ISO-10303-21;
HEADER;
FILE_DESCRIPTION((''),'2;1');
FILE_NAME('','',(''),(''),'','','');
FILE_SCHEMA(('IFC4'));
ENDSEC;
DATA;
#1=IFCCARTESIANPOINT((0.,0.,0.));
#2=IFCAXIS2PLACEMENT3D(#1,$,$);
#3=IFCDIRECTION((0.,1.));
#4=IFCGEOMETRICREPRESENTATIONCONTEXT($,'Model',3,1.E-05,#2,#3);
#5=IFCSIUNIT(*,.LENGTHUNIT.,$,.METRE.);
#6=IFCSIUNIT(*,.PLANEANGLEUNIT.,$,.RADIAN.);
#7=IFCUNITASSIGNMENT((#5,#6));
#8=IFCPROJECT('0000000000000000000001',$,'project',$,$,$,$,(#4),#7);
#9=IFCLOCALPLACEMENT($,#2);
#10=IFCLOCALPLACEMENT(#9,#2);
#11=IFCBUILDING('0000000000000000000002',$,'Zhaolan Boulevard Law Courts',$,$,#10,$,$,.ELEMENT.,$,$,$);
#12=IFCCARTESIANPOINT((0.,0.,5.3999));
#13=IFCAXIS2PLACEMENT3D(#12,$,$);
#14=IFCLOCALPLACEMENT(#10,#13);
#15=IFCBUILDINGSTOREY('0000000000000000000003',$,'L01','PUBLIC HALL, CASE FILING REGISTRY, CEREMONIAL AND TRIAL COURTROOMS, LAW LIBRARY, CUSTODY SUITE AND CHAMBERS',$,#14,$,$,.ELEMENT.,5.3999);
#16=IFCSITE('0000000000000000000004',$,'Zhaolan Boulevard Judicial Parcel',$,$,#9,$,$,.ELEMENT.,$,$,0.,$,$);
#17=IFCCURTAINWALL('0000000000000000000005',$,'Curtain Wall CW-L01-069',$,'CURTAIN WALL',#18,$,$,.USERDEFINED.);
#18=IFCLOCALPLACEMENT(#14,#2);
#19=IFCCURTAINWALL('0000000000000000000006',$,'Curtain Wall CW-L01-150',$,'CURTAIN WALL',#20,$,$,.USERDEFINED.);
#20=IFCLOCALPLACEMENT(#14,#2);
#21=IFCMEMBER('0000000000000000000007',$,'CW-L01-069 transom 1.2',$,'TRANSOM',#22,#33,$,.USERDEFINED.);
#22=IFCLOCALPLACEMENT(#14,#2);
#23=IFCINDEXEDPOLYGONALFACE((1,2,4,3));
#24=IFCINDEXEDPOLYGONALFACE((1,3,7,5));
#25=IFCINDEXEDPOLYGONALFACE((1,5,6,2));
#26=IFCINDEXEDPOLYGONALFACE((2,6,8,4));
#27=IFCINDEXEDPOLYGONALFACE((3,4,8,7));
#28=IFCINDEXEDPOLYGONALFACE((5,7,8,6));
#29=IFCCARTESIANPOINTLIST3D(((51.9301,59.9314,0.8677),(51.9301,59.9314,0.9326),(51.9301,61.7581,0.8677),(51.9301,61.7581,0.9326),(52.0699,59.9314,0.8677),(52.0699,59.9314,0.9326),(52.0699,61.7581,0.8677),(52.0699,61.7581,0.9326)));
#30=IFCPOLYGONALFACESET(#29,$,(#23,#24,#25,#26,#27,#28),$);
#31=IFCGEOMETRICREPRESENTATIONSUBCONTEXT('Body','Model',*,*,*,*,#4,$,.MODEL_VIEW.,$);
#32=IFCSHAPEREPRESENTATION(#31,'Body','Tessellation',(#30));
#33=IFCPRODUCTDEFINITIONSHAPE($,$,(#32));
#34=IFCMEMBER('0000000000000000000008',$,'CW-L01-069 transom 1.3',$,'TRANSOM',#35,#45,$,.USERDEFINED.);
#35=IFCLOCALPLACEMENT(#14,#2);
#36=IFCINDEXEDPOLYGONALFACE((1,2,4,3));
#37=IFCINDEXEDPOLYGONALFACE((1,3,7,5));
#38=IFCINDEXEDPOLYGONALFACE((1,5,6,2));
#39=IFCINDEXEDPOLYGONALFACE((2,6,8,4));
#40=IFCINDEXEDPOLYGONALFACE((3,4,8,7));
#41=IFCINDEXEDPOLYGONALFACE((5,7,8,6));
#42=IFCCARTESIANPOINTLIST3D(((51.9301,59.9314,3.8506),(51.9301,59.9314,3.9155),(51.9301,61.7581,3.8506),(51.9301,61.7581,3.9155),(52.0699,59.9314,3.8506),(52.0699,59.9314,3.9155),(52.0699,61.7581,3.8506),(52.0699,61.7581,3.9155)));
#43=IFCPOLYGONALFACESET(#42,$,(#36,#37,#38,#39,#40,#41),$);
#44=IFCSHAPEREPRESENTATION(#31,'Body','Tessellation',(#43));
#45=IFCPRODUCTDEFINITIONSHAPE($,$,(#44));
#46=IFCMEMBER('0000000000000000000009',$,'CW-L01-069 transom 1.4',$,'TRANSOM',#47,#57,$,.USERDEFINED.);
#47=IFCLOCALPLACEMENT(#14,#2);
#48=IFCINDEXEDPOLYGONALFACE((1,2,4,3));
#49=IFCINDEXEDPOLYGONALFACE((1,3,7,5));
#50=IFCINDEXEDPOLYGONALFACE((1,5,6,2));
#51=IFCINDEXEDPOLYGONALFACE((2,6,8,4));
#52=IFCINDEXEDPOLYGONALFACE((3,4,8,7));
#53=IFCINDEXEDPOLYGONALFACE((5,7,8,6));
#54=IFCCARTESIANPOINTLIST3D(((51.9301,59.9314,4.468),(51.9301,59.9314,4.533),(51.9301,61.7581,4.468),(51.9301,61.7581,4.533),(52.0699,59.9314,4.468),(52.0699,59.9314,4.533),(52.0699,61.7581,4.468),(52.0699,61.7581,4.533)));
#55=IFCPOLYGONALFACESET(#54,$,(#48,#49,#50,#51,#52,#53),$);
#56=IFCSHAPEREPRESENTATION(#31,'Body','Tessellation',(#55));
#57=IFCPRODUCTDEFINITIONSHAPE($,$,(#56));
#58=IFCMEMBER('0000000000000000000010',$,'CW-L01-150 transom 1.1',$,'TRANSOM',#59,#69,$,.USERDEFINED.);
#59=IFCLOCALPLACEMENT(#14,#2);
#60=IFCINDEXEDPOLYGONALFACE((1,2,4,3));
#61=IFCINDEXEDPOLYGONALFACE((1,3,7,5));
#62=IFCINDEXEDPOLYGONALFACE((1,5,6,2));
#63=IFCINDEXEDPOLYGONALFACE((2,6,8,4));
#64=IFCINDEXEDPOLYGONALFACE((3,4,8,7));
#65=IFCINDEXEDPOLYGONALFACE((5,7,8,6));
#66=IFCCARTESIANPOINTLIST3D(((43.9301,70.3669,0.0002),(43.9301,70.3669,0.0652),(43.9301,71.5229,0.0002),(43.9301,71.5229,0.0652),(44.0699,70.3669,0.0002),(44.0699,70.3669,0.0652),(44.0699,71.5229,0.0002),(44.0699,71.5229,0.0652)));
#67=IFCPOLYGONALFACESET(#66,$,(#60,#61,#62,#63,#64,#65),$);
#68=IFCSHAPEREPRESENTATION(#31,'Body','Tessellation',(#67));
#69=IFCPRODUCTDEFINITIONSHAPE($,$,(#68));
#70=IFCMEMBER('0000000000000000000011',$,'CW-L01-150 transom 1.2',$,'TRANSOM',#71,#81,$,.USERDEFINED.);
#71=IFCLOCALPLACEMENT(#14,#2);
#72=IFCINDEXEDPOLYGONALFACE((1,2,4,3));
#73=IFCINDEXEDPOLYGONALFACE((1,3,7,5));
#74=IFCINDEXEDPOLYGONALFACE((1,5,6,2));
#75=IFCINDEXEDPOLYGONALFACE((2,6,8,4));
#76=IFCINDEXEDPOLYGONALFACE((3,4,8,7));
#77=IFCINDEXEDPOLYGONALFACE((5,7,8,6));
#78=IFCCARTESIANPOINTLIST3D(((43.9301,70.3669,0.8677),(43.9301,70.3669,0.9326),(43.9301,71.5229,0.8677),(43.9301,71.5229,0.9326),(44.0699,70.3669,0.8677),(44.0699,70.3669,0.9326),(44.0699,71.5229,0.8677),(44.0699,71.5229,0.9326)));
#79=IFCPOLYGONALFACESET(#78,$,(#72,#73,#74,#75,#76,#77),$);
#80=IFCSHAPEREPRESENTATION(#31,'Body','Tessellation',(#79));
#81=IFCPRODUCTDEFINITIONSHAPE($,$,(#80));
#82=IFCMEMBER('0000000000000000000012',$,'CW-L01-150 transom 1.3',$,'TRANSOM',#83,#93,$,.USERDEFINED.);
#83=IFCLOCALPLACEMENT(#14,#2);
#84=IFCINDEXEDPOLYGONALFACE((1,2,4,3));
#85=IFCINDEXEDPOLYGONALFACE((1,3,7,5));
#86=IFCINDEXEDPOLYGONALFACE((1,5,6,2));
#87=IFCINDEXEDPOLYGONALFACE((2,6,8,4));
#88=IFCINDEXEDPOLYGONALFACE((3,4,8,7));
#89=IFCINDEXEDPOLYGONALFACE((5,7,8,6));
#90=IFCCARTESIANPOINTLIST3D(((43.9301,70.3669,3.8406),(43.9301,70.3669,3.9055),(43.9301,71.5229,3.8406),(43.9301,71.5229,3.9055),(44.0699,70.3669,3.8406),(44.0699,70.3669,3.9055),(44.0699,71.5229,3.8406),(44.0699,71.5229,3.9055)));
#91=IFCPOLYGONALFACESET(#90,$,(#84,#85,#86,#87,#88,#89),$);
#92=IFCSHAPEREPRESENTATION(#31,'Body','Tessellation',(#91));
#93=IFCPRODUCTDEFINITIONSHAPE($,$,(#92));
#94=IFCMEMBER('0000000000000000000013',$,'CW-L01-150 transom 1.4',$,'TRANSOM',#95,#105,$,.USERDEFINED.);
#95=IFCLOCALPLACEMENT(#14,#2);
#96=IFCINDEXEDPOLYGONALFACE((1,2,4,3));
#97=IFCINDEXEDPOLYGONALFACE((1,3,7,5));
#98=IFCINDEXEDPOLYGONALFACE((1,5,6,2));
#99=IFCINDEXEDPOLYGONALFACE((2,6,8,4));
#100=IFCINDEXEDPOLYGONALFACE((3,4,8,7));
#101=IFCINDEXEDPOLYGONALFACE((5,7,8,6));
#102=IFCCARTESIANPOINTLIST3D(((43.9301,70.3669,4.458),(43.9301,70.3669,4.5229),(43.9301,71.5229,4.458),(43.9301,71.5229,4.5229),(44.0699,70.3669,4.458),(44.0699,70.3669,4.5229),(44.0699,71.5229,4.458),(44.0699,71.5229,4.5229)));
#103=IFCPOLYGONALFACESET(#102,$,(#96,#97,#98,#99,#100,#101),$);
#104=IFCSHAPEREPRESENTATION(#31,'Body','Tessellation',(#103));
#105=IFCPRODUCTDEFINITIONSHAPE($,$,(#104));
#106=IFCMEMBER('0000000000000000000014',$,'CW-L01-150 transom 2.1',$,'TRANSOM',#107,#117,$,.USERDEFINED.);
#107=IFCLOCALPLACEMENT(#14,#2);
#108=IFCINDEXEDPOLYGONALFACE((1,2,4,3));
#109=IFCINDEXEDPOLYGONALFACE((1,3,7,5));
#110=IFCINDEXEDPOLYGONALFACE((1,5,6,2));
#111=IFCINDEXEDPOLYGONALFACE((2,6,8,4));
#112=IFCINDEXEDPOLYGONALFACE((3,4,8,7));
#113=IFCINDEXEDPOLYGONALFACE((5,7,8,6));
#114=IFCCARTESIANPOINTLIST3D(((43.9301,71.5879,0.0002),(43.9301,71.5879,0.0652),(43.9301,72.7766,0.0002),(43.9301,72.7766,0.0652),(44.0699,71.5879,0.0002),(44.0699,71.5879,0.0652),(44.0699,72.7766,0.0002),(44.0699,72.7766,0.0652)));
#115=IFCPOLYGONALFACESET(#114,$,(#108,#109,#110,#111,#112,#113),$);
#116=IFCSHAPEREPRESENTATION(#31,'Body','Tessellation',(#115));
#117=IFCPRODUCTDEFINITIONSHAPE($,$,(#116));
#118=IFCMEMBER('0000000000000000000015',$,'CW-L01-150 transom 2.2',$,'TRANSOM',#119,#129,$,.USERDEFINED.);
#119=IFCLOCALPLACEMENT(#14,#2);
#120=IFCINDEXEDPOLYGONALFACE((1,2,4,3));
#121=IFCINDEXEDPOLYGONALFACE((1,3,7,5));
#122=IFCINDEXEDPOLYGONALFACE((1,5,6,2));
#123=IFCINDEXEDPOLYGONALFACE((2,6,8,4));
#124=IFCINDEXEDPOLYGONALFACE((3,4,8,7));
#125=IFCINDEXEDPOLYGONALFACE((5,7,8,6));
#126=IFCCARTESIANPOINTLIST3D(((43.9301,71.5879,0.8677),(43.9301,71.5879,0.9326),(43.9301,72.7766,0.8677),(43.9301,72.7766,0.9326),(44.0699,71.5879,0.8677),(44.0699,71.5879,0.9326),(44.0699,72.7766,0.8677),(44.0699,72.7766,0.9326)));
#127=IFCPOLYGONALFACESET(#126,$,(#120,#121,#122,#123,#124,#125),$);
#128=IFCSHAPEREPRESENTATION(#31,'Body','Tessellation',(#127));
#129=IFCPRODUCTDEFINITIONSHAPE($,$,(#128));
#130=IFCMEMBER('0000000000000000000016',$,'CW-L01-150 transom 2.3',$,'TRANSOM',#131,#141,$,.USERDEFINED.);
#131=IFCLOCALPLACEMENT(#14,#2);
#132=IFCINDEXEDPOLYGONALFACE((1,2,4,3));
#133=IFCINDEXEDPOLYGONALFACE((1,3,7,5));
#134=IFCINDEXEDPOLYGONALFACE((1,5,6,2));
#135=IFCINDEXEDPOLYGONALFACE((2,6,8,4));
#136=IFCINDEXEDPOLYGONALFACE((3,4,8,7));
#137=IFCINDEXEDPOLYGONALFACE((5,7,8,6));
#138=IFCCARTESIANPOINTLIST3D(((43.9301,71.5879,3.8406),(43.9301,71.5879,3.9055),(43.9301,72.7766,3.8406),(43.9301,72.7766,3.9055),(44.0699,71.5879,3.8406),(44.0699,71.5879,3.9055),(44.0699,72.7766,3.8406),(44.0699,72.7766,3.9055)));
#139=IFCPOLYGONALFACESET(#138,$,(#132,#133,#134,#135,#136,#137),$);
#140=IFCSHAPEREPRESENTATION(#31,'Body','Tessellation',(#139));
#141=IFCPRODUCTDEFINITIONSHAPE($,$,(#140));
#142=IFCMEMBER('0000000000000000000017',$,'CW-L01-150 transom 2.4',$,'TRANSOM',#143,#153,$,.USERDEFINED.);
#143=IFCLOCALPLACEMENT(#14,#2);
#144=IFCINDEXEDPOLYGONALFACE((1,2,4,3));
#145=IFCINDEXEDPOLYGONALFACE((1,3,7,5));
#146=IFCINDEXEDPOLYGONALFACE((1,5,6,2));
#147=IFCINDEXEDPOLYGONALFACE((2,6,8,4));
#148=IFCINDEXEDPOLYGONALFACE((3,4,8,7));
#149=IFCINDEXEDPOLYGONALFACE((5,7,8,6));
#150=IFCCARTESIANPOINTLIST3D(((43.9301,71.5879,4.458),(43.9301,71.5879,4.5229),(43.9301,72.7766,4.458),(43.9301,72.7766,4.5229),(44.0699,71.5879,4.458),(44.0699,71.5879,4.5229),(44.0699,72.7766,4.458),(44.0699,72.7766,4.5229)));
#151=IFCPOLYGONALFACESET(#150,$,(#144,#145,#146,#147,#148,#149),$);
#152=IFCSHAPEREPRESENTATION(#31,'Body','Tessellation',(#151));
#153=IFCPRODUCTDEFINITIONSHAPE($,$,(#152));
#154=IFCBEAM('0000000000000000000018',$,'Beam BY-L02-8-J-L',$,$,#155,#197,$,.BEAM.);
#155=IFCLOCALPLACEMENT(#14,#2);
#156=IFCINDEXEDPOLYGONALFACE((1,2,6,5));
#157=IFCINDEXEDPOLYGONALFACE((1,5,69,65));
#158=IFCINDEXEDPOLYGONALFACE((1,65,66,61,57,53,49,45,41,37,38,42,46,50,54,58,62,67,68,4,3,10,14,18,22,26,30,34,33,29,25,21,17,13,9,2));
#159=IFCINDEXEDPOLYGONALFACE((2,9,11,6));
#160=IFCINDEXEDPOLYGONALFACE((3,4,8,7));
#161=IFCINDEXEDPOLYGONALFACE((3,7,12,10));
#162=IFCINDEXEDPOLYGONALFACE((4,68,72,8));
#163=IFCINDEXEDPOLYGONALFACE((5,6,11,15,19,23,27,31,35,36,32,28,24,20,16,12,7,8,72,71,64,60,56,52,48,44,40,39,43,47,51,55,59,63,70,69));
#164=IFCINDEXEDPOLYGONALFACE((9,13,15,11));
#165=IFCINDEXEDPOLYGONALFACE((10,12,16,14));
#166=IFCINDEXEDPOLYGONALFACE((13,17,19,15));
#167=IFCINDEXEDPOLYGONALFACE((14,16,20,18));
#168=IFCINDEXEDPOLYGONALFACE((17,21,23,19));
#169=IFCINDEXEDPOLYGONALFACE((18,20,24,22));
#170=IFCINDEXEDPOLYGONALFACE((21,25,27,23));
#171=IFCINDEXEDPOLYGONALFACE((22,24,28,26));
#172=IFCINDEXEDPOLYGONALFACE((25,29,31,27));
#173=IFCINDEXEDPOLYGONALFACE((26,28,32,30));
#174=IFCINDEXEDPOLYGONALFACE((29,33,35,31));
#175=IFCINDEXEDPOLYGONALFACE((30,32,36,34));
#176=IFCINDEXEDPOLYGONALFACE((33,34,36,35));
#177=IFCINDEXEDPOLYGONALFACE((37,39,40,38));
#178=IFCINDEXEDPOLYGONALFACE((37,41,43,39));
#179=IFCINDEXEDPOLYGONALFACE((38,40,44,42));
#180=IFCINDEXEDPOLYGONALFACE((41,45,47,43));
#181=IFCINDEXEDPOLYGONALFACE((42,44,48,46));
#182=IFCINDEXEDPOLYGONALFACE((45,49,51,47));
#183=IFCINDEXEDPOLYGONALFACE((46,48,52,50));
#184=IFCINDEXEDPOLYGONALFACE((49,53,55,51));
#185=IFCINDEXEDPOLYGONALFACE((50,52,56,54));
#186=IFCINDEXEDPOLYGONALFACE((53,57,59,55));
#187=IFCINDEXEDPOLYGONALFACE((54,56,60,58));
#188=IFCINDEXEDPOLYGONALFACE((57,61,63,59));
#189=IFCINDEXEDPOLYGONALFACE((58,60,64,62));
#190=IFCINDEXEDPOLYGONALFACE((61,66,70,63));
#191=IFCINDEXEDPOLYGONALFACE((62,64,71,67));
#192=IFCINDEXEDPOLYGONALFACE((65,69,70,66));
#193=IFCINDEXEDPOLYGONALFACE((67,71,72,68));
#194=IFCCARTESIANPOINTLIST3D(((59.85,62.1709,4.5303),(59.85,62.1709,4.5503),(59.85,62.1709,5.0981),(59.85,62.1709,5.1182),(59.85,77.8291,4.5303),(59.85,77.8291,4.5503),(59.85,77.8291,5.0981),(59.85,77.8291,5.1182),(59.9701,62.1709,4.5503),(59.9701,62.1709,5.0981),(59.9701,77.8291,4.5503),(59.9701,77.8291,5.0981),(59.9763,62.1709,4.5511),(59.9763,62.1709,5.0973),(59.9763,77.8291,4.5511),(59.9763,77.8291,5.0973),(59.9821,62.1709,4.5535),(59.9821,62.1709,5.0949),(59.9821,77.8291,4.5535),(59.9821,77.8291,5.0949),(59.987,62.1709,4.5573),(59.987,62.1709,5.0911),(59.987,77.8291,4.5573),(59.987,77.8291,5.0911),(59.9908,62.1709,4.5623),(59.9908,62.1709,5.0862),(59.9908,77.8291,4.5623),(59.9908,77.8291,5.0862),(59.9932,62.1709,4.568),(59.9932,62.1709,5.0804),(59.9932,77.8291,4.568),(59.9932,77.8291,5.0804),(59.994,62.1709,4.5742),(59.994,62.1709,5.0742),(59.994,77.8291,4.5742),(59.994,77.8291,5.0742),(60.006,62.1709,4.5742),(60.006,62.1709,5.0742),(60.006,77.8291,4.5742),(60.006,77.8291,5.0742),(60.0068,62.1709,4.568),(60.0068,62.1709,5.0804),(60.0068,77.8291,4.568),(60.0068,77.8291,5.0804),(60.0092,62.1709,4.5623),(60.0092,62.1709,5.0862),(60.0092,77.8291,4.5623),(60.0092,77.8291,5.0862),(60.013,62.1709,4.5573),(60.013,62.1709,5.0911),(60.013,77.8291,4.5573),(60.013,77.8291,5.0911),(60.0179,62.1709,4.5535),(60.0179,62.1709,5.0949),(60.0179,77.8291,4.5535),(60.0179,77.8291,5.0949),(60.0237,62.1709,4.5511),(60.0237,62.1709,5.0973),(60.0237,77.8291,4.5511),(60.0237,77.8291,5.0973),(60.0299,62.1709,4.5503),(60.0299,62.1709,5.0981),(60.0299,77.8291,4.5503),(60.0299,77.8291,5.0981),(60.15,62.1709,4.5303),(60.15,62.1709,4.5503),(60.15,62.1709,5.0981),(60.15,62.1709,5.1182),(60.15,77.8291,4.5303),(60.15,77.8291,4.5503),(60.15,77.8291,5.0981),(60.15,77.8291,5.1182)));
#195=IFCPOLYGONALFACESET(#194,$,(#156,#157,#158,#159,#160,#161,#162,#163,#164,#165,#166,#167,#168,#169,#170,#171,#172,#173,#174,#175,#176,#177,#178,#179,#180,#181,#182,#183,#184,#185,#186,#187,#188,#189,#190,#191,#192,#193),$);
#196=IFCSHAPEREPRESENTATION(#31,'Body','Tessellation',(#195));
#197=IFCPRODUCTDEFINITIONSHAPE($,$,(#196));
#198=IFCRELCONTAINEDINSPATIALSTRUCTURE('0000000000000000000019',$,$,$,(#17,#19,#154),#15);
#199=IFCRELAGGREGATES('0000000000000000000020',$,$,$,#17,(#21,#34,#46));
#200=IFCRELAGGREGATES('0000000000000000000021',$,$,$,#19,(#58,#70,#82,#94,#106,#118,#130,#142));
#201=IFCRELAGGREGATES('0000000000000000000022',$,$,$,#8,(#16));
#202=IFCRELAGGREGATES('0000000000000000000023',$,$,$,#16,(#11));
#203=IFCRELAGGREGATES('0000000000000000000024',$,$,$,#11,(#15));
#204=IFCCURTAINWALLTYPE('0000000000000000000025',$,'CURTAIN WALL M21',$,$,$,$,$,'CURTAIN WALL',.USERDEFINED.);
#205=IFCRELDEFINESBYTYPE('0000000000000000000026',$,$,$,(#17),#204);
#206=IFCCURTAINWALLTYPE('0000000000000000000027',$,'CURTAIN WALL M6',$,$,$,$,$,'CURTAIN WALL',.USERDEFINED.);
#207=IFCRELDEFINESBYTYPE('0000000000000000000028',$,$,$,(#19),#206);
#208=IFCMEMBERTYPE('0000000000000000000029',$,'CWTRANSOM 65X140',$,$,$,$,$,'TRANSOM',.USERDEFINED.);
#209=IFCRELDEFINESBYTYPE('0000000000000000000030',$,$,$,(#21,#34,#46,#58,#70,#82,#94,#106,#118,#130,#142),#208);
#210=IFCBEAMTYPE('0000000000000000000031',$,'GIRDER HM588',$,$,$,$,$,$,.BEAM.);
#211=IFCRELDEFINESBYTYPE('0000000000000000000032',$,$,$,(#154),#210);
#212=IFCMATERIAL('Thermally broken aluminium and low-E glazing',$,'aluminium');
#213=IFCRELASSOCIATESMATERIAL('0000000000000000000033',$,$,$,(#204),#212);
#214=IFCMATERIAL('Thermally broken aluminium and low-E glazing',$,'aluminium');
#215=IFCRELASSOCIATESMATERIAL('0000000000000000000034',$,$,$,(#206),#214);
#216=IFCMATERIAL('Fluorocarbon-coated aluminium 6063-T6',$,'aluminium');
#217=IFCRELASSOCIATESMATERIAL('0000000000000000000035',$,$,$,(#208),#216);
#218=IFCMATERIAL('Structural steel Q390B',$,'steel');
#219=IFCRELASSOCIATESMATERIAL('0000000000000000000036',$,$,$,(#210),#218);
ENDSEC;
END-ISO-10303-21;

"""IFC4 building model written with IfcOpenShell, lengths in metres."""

from ifc_helpers import new_model, si_unit, direction, frame, origin, origin_2d, place, context, subcontext, project, spatial, rectangle, i_section, extrude, material, material_profile, profile_set, type_object, element, aggregate, save


model = new_model("IFC4")

# Units and contexts
model_context = context("Model", 3, precision=1e-05, world=origin(), true_north=direction((0.0, 1.0)))
body_context = subcontext(model_context, "Body", "Model", "MODEL_VIEW")
ifc_project = project(units=[si_unit("LENGTHUNIT", "METRE"), si_unit("PLANEANGLEUNIT", "RADIAN")], contexts=[model_context])

# Site, building, storey
site_placement = place(None, origin())
site = spatial("IfcSite", under=ifc_project, at=site_placement, Name="Zhaolan Boulevard Judicial Parcel", CompositionType="ELEMENT", RefElevation=0.0)
building_placement = place(site_placement, origin())
building = spatial("IfcBuilding", under=site, at=building_placement, Name="Zhaolan Boulevard Law Courts", CompositionType="ELEMENT")
storey_placement = place(building_placement, frame((0.0, 0.0, 5.3999)))
storey = spatial("IfcBuildingStorey", under=building, at=storey_placement, Name="L01", Description="PUBLIC HALL, CASE FILING REGISTRY, CEREMONIAL AND TRIAL COURTROOMS, LAW LIBRARY, CUSTODY SUITE AND CHAMBERS", CompositionType="ELEMENT", Elevation=5.3999)

# Curtain wall
ifc_material_1 = material(Name="Thermally broken aluminium and low-E glazing", Category="aluminium")
curtain_wall_type_1 = type_object("IfcCurtainWallType", Name="CURTAIN WALL M21", ElementType="CURTAIN WALL", PredefinedType="USERDEFINED", material=ifc_material_1)
curtain_wall_1_placement = place(storey_placement, origin())
curtain_wall_1 = element("IfcCurtainWall", 1, at=curtain_wall_1_placement, inside=storey, type_object=curtain_wall_type_1, Name="Curtain Wall CW-L01-069", ObjectType="CURTAIN WALL", PredefinedType="USERDEFINED")

# Curtain wall
ifc_material_2 = material(Name="Thermally broken aluminium and low-E glazing", Category="aluminium")
curtain_wall_type_2 = type_object("IfcCurtainWallType", Name="CURTAIN WALL M6", ElementType="CURTAIN WALL", PredefinedType="USERDEFINED", material=ifc_material_2)
curtain_wall_2_placement = place(storey_placement, origin())
curtain_wall_2 = element("IfcCurtainWall", 2, at=curtain_wall_2_placement, inside=storey, type_object=curtain_wall_type_2, Name="Curtain Wall CW-L01-150", ObjectType="CURTAIN WALL", PredefinedType="USERDEFINED")

# Members
ifc_material_3 = material(Name="Fluorocarbon-coated aluminium 6063-T6", Category="aluminium")
ifc_material_profile_1 = material_profile(ifc_material_3, rectangle(XDim=0.1399, YDim=0.0649, at=origin_2d()), Name="AL65x140")
ifc_profile_set_1 = profile_set([ifc_material_profile_1], Name="Fluorocarbon-coated aluminium 6063-T6")
member_type_1 = type_object("IfcMemberType", Name="CWTRANSOM 65X140", ElementType="TRANSOM", PredefinedType="USERDEFINED", material=ifc_profile_set_1)
member_1_placement = place(storey_placement, frame((52.0, 61.7581, 0.9001), z_axis=(0.0, -1.0, 0.0), x_axis=(1.0, 0.0, 0.0)))
member_1 = element("IfcMember", 3, at=member_1_placement, type_object=member_type_1, Name="CW-L01-069 transom 1.2", ObjectType="TRANSOM", PredefinedType="USERDEFINED", context=body_context, shape_type="SweptSolid", body=[
    extrude(rectangle(XDim=0.1399, YDim=0.0649, at=origin_2d()), origin(), (0.0, 0.0, 1.0), 1.8267),
])
member_2_placement = place(storey_placement, frame((52.0, 61.7581, 3.8831), z_axis=(0.0, -1.0, 0.0), x_axis=(1.0, 0.0, 0.0)))
member_2 = element("IfcMember", 4, at=member_2_placement, type_object=member_type_1, Name="CW-L01-069 transom 1.3", ObjectType="TRANSOM", PredefinedType="USERDEFINED", context=body_context, shape_type="SweptSolid", body=[
    extrude(rectangle(XDim=0.1399, YDim=0.0649, at=origin_2d()), origin(), (0.0, 0.0, 1.0), 1.8267),
])
member_3_placement = place(storey_placement, frame((52.0, 61.7581, 4.5005), z_axis=(0.0, -1.0, 0.0), x_axis=(1.0, 0.0, 0.0)))
member_3 = element("IfcMember", 5, at=member_3_placement, type_object=member_type_1, Name="CW-L01-069 transom 1.4", ObjectType="TRANSOM", PredefinedType="USERDEFINED", context=body_context, shape_type="SweptSolid", body=[
    extrude(rectangle(XDim=0.1399, YDim=0.0649, at=origin_2d()), origin(), (0.0, 0.0, 1.0), 1.8267),
])
member_4_placement = place(storey_placement, frame((44.0, 70.3669, 0.0327), z_axis=(0.0, 1.0, 0.0), x_axis=(-1.0, 0.0, 0.0)))
member_4 = element("IfcMember", 6, at=member_4_placement, type_object=member_type_1, Name="CW-L01-150 transom 1.1", ObjectType="TRANSOM", PredefinedType="USERDEFINED", context=body_context, shape_type="SweptSolid", body=[
    extrude(rectangle(XDim=0.1399, YDim=0.0649, at=origin_2d()), origin(), (0.0, 0.0, 1.0), 1.156),
])
member_5_placement = place(storey_placement, frame((44.0, 70.3669, 0.9001), z_axis=(0.0, 1.0, 0.0), x_axis=(-1.0, 0.0, 0.0)))
member_5 = element("IfcMember", 7, at=member_5_placement, type_object=member_type_1, Name="CW-L01-150 transom 1.2", ObjectType="TRANSOM", PredefinedType="USERDEFINED", context=body_context, shape_type="SweptSolid", body=[
    extrude(rectangle(XDim=0.1399, YDim=0.0649, at=origin_2d()), origin(), (0.0, 0.0, 1.0), 1.156),
])
member_6_placement = place(storey_placement, frame((44.0, 70.3669, 3.873), z_axis=(0.0, 1.0, 0.0), x_axis=(-1.0, 0.0, 0.0)))
member_6 = element("IfcMember", 8, at=member_6_placement, type_object=member_type_1, Name="CW-L01-150 transom 1.3", ObjectType="TRANSOM", PredefinedType="USERDEFINED", context=body_context, shape_type="SweptSolid", body=[
    extrude(rectangle(XDim=0.1399, YDim=0.0649, at=origin_2d()), origin(), (0.0, 0.0, 1.0), 1.156),
])
member_7_placement = place(storey_placement, frame((44.0, 70.3669, 4.4905), z_axis=(0.0, 1.0, 0.0), x_axis=(-1.0, 0.0, 0.0)))
member_7 = element("IfcMember", 9, at=member_7_placement, type_object=member_type_1, Name="CW-L01-150 transom 1.4", ObjectType="TRANSOM", PredefinedType="USERDEFINED", context=body_context, shape_type="SweptSolid", body=[
    extrude(rectangle(XDim=0.1399, YDim=0.0649, at=origin_2d()), origin(), (0.0, 0.0, 1.0), 1.156),
])
member_8_placement = place(storey_placement, frame((44.0, 71.5879, 0.0327), z_axis=(0.0, 1.0, 0.0), x_axis=(-1.0, 0.0, 0.0)))
member_8 = element("IfcMember", 10, at=member_8_placement, type_object=member_type_1, Name="CW-L01-150 transom 2.1", ObjectType="TRANSOM", PredefinedType="USERDEFINED", context=body_context, shape_type="SweptSolid", body=[
    extrude(rectangle(XDim=0.1399, YDim=0.0649, at=origin_2d()), origin(), (0.0, 0.0, 1.0), 1.1887),
])
member_9_placement = place(storey_placement, frame((44.0, 71.5879, 0.9001), z_axis=(0.0, 1.0, 0.0), x_axis=(-1.0, 0.0, 0.0)))
member_9 = element("IfcMember", 11, at=member_9_placement, type_object=member_type_1, Name="CW-L01-150 transom 2.2", ObjectType="TRANSOM", PredefinedType="USERDEFINED", context=body_context, shape_type="SweptSolid", body=[
    extrude(rectangle(XDim=0.1399, YDim=0.0649, at=origin_2d()), origin(), (0.0, 0.0, 1.0), 1.1887),
])
member_10_placement = place(storey_placement, frame((44.0, 71.5879, 3.873), z_axis=(0.0, 1.0, 0.0), x_axis=(-1.0, 0.0, 0.0)))
member_10 = element("IfcMember", 12, at=member_10_placement, type_object=member_type_1, Name="CW-L01-150 transom 2.3", ObjectType="TRANSOM", PredefinedType="USERDEFINED", context=body_context, shape_type="SweptSolid", body=[
    extrude(rectangle(XDim=0.1399, YDim=0.0649, at=origin_2d()), origin(), (0.0, 0.0, 1.0), 1.1887),
])
member_11_placement = place(storey_placement, frame((44.0, 71.5879, 4.4905), z_axis=(0.0, 1.0, 0.0), x_axis=(-1.0, 0.0, 0.0)))
member_11 = element("IfcMember", 13, at=member_11_placement, type_object=member_type_1, Name="CW-L01-150 transom 2.4", ObjectType="TRANSOM", PredefinedType="USERDEFINED", context=body_context, shape_type="SweptSolid", body=[
    extrude(rectangle(XDim=0.1399, YDim=0.0649, at=origin_2d()), origin(), (0.0, 0.0, 1.0), 1.1887),
])

# Beam
ifc_material_4 = material(Name="Structural steel Q390B", Category="steel")
ifc_material_profile_2 = material_profile(ifc_material_4, i_section(OverallWidth=0.3, OverallDepth=0.5879, WebThickness=0.012, FlangeThickness=0.02, FilletRadius=0.0239, at=origin_2d()), Name="HM588x300")
ifc_profile_set_2 = profile_set([ifc_material_profile_2], Name="Structural steel Q390B")
beam_type_1 = type_object("IfcBeamType", Name="GIRDER HM588", PredefinedType="BEAM", material=ifc_profile_set_2)
beam_1_placement = place(storey_placement, frame((60.0, 62.1709, 4.8242), z_axis=(0.0, 1.0, 0.0), x_axis=(-1.0, 0.0, 0.0)))
element("IfcBeam", 14, at=beam_1_placement, inside=storey, type_object=beam_type_1, Name="Beam BY-L02-8-J-L", PredefinedType="BEAM", context=body_context, shape_type="SweptSolid", body=[
    extrude(i_section(OverallWidth=0.3, OverallDepth=0.5879, WebThickness=0.012, FlangeThickness=0.02, FilletRadius=0.0239, at=origin_2d()), origin(), (0.0, 0.0, 1.0), 15.6582),
])

aggregate(curtain_wall_1, [member_1, member_2, member_3])
aggregate(curtain_wall_2, [member_4, member_5, member_6, member_7, member_8, member_9, member_10, member_11])

save(model, "model.ifc")
